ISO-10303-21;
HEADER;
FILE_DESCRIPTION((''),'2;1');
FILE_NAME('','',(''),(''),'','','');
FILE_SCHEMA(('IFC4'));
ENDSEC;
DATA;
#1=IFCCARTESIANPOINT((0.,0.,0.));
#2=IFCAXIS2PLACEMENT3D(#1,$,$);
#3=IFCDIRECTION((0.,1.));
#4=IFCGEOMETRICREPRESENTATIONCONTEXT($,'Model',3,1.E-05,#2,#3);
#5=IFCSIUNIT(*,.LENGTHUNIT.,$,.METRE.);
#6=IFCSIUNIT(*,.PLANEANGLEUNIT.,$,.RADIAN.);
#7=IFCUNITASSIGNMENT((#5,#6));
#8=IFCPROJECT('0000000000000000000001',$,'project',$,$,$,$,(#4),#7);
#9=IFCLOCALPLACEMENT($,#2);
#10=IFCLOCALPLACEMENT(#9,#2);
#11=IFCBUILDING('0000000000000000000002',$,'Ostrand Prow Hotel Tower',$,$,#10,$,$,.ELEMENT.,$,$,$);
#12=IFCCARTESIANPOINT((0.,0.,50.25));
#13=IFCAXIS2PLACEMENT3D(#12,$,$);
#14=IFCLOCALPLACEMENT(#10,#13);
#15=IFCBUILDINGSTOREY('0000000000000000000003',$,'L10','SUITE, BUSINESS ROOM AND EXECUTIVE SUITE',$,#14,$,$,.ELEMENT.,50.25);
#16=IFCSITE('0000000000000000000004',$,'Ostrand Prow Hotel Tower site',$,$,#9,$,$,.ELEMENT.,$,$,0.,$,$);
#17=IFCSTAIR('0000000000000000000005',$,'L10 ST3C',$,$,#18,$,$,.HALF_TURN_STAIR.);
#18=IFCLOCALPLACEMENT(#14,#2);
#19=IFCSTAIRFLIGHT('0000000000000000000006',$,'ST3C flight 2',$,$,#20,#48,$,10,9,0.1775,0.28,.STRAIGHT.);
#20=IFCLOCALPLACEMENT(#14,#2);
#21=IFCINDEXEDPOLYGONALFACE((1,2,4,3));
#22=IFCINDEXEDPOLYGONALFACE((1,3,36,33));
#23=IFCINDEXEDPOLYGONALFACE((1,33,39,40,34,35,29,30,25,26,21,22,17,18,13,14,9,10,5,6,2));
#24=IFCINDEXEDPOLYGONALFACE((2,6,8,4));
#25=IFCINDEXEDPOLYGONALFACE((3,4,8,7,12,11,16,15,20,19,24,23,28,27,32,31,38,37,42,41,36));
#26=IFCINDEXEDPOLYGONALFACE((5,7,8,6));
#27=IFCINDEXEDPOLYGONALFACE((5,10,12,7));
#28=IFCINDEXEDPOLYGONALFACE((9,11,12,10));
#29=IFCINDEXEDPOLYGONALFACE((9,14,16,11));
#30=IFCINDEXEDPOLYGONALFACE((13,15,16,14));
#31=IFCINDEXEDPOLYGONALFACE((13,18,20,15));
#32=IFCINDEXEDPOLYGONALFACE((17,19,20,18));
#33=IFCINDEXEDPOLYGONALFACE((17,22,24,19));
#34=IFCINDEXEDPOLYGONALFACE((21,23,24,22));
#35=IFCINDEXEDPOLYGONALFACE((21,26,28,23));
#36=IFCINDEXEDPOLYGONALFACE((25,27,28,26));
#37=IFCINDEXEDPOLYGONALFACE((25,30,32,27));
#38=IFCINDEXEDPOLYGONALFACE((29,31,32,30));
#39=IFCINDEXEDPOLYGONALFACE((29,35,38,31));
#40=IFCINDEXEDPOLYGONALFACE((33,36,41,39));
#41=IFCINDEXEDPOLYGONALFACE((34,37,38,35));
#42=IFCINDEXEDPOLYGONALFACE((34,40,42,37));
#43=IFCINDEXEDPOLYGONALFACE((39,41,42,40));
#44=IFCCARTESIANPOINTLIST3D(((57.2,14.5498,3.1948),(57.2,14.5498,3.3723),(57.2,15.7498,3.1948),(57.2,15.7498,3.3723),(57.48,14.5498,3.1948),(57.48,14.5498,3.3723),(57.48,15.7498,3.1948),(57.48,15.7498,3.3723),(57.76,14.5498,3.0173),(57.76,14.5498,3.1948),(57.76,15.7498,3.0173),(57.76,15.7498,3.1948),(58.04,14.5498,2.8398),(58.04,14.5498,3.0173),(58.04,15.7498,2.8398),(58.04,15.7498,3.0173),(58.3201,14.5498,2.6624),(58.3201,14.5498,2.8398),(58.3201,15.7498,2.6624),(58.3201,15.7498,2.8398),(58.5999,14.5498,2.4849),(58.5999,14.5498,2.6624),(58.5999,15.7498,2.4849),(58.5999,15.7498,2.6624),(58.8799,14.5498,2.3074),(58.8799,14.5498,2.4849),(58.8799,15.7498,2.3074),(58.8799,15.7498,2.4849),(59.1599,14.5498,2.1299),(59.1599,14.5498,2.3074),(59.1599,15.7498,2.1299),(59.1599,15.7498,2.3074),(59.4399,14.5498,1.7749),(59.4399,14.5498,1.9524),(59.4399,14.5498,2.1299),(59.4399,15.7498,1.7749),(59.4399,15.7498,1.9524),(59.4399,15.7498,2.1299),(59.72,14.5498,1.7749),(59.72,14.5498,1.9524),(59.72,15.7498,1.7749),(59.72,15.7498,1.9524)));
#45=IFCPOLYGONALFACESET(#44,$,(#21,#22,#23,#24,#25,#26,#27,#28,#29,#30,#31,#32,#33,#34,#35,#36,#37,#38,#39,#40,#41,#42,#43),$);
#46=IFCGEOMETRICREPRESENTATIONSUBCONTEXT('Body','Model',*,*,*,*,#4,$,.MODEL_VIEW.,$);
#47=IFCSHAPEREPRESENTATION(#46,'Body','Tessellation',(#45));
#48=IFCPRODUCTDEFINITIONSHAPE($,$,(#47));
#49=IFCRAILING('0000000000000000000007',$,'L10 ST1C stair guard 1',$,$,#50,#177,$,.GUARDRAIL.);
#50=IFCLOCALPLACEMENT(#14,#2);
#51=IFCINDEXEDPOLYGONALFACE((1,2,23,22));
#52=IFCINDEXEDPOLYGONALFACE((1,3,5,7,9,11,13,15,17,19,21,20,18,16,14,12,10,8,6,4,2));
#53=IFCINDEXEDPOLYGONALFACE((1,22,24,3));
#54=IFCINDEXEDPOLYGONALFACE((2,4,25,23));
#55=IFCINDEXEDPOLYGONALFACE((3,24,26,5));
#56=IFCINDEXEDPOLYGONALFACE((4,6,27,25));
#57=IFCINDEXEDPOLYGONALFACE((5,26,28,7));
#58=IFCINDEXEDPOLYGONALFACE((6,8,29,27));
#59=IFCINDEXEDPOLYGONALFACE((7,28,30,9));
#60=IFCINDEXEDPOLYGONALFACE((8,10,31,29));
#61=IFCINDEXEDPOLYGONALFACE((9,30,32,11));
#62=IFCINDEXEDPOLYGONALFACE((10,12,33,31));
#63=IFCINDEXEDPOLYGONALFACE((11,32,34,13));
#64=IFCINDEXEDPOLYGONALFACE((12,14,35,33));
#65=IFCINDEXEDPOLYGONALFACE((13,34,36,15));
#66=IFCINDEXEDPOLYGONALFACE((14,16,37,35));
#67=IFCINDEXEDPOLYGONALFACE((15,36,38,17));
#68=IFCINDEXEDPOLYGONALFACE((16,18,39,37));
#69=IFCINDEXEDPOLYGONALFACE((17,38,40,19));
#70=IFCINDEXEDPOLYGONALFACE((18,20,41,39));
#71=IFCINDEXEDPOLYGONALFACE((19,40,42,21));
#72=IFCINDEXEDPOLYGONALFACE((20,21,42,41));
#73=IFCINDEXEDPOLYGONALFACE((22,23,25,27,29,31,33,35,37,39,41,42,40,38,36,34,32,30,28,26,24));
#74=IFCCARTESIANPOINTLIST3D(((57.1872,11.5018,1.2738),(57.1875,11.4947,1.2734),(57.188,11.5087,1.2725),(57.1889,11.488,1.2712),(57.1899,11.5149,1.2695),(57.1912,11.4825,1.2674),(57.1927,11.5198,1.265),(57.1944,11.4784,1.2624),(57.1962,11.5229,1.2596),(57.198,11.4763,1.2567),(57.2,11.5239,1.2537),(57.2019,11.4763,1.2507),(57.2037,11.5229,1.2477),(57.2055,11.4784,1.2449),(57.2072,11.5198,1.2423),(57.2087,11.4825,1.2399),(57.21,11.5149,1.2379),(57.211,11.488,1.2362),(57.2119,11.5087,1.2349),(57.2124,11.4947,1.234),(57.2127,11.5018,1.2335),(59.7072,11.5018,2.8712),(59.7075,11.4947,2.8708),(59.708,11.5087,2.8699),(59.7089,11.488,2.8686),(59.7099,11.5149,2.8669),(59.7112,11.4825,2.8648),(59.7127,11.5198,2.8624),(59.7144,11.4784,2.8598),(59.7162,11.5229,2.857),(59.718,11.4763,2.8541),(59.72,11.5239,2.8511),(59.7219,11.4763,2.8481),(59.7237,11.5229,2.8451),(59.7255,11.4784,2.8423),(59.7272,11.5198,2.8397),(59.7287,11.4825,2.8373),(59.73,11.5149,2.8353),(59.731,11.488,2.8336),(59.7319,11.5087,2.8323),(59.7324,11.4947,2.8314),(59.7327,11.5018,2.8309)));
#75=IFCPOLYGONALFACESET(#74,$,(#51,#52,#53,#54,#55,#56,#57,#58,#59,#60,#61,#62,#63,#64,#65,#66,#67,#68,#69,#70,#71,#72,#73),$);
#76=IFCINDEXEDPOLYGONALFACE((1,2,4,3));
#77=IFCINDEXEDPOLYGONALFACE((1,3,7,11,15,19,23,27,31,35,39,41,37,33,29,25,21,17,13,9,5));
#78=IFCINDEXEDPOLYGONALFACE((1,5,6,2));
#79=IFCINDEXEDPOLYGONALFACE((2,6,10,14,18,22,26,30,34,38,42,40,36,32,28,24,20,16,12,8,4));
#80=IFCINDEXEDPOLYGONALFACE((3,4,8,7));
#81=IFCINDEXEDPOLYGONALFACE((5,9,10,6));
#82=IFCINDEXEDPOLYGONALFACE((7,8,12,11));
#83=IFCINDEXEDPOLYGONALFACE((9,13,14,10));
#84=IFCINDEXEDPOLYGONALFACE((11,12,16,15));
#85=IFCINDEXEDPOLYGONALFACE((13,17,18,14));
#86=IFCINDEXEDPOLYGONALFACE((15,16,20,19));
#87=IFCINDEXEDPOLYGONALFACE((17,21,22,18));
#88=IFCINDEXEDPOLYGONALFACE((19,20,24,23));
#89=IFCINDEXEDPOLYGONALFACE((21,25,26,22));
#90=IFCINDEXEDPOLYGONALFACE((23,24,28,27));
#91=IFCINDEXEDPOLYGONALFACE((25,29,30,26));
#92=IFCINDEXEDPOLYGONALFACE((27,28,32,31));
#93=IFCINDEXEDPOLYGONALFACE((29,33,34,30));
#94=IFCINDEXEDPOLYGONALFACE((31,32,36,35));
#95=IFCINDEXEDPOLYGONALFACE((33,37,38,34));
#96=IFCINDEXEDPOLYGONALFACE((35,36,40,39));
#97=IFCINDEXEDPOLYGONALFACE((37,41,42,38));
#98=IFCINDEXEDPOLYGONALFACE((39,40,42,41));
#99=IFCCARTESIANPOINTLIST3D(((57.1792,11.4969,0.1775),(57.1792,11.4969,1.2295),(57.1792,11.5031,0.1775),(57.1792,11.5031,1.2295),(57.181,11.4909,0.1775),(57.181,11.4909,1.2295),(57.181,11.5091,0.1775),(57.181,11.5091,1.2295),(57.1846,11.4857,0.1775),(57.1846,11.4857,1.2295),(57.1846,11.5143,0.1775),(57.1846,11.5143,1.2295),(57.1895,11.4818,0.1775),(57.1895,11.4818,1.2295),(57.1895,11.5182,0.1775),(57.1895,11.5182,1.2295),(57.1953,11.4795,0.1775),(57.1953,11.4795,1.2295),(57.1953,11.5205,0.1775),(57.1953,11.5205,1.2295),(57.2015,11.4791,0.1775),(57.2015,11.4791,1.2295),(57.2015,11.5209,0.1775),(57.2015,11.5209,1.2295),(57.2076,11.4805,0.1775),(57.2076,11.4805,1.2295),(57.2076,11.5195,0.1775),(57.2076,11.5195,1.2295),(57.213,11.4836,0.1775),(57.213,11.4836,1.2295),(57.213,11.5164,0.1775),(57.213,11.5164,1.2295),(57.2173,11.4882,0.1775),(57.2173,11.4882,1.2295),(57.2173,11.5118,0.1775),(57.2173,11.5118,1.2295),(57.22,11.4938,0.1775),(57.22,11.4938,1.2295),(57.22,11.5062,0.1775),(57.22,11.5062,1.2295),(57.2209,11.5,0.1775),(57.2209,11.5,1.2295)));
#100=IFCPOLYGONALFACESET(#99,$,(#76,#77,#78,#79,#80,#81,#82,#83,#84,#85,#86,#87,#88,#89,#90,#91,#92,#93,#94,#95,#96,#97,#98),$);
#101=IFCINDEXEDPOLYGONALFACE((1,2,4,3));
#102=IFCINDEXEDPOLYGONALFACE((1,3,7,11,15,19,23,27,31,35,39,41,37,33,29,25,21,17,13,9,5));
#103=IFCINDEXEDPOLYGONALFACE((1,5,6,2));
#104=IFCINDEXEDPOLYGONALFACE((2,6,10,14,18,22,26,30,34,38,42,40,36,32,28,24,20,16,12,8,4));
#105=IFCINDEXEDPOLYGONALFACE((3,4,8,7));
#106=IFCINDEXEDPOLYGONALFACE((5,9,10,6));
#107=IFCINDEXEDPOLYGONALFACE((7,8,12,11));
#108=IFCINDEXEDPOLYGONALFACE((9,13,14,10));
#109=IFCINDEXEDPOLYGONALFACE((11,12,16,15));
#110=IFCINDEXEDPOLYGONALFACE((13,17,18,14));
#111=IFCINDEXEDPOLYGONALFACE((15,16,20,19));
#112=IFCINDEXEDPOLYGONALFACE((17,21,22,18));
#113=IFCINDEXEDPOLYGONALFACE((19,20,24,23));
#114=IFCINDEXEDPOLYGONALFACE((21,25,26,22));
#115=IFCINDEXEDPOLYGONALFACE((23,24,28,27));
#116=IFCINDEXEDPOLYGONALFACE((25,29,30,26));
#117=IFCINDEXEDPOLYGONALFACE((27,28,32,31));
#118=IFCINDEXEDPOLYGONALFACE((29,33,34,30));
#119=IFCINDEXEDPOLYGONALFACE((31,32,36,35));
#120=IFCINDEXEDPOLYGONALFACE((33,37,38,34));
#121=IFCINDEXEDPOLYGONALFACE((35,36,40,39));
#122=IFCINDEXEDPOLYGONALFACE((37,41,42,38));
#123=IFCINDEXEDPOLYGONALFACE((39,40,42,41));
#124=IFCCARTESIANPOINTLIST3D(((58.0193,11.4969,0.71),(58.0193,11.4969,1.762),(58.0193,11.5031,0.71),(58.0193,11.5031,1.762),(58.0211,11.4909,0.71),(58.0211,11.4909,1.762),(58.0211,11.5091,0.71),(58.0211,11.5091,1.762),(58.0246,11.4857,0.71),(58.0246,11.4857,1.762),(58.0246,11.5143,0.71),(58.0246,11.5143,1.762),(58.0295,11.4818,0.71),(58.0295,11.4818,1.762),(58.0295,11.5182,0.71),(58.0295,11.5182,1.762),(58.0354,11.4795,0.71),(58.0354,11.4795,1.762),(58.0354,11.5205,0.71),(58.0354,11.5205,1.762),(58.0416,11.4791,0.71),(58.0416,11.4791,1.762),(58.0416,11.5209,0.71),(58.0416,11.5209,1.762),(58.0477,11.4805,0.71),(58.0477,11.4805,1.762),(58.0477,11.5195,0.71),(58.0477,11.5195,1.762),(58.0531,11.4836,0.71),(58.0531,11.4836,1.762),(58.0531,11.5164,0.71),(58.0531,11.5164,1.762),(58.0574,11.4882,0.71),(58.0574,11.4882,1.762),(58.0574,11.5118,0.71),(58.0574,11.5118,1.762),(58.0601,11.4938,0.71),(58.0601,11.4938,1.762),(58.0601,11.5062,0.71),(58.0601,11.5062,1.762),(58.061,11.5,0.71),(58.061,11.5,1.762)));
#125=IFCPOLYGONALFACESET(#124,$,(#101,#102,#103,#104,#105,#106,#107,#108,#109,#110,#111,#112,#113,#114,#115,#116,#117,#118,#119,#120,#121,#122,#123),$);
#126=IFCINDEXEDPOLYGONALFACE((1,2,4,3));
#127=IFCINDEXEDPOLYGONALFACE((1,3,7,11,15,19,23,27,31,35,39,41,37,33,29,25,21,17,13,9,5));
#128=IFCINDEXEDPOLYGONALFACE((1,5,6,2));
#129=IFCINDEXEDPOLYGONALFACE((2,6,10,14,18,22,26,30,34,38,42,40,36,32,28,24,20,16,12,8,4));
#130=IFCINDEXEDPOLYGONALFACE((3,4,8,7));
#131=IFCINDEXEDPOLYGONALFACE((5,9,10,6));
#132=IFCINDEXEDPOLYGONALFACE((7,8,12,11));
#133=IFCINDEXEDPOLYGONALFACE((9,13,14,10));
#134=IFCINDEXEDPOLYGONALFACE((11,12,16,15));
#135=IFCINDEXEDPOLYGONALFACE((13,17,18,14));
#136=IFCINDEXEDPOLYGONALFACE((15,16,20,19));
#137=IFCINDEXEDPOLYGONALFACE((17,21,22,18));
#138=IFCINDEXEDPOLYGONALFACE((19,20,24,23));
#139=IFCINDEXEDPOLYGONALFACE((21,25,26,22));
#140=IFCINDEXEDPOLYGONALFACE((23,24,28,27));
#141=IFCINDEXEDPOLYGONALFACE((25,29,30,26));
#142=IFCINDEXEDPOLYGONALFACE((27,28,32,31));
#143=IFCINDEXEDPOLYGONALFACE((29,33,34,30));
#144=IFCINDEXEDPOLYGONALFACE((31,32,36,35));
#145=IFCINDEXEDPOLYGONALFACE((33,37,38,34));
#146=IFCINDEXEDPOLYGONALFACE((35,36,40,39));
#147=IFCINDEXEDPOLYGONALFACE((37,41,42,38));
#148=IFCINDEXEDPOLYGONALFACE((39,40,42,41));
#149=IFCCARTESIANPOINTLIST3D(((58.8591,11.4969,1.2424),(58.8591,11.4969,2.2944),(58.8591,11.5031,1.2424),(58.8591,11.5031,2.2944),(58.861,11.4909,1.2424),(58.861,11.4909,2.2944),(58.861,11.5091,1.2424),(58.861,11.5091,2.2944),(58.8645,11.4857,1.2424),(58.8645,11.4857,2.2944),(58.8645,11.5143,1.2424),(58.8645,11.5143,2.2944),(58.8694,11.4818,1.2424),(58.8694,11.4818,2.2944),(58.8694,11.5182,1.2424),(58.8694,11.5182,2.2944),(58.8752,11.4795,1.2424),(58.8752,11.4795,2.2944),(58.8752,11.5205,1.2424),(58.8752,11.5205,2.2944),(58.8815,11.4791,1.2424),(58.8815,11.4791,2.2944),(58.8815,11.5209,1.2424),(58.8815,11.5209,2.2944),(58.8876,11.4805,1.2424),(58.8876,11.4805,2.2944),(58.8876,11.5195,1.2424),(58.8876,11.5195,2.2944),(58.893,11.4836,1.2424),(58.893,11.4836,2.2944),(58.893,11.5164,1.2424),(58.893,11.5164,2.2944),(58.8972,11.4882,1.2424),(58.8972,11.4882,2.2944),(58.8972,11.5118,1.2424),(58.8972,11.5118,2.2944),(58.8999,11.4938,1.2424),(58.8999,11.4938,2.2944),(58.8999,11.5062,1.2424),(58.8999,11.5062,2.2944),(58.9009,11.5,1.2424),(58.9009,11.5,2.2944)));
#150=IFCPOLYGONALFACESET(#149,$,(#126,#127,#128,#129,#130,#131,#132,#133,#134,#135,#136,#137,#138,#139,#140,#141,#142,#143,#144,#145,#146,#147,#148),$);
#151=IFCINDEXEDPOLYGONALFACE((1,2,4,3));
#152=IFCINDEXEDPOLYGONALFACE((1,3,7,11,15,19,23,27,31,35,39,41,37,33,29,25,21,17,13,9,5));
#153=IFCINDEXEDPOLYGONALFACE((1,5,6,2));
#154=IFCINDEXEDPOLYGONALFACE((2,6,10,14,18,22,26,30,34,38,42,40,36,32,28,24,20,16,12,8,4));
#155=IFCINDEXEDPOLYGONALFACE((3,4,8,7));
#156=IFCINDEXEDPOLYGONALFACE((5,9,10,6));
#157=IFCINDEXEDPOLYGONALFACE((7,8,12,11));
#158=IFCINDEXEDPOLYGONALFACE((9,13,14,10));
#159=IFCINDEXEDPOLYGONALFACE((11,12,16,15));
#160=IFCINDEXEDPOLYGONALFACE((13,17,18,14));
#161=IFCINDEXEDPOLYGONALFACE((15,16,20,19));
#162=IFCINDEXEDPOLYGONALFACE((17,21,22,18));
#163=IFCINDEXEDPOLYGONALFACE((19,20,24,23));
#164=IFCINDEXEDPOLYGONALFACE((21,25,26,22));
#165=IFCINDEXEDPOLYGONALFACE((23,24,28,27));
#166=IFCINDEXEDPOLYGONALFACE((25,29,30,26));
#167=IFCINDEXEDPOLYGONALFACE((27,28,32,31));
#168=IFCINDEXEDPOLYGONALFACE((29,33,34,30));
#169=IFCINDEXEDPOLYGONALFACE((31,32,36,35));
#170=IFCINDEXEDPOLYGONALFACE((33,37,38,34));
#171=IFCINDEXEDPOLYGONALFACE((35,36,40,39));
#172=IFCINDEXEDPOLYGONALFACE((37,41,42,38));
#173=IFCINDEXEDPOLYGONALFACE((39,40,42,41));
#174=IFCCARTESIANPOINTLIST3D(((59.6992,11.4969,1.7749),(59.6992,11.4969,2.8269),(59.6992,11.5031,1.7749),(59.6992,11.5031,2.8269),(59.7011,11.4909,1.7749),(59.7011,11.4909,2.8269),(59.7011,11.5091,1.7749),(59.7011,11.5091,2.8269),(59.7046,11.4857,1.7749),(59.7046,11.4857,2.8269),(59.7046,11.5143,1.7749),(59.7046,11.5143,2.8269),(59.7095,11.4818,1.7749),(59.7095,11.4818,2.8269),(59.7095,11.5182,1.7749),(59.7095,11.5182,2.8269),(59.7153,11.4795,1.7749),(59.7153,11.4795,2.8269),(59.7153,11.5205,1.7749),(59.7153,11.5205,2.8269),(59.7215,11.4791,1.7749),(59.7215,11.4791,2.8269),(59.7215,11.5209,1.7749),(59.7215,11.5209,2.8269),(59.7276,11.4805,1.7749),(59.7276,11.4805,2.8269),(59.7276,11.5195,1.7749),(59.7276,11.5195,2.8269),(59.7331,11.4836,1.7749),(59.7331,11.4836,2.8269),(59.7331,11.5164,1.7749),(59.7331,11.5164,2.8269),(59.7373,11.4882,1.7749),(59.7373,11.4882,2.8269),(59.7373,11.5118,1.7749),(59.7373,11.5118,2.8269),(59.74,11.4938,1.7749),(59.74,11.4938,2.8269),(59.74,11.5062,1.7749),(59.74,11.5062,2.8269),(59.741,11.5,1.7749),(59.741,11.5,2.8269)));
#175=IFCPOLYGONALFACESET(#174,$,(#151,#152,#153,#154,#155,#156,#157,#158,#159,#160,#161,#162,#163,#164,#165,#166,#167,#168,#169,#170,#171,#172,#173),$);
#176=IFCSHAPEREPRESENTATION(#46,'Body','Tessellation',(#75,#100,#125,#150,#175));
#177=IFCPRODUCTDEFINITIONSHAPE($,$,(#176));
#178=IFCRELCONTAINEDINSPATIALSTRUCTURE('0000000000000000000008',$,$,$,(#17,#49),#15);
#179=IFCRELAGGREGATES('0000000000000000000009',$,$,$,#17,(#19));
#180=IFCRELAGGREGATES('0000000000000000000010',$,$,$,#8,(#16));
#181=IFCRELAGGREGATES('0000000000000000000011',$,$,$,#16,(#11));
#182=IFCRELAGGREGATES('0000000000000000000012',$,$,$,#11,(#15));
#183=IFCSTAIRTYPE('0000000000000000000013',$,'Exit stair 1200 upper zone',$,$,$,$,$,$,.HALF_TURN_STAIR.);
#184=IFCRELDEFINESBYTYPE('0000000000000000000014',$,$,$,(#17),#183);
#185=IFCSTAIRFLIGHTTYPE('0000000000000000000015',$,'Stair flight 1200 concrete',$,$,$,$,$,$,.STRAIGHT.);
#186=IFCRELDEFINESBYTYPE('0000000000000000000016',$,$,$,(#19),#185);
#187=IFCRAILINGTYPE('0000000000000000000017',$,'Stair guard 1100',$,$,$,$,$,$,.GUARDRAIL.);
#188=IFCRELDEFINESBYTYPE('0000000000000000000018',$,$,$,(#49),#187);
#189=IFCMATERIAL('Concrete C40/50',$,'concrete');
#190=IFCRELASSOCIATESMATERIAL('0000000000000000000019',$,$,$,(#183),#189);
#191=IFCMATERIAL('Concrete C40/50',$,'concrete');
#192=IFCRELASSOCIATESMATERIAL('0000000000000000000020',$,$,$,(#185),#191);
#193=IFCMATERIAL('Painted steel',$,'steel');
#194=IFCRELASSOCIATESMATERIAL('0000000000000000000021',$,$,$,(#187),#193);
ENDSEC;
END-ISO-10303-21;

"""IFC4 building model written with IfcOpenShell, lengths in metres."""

from ifc_helpers import new_model, si_unit, direction, frame, origin, origin_2d, place, context, subcontext, project, spatial, polyline, circle, outline, extrude, material, type_object, element, aggregate, save


model = new_model("IFC4")

# Units and contexts
model_context = context("Model", 3, precision=1e-05, world=origin(), true_north=direction((0.0, 1.0)))
body_context = subcontext(model_context, "Body", "Model", "MODEL_VIEW")
ifc_project = project(units=[si_unit("LENGTHUNIT", "METRE"), si_unit("PLANEANGLEUNIT", "RADIAN")], contexts=[model_context])

# Site, building, storey
site_placement = place(None, origin())
site = spatial("IfcSite", under=ifc_project, at=site_placement, Name="Ostrand Prow Hotel Tower site", CompositionType="ELEMENT", RefElevation=0.0)
building_placement = place(site_placement, origin())
building = spatial("IfcBuilding", under=site, at=building_placement, Name="Ostrand Prow Hotel Tower", CompositionType="ELEMENT")
storey_placement = place(building_placement, frame((0.0, 0.0, 50.25)))
storey = spatial("IfcBuildingStorey", under=building, at=storey_placement, Name="L10", Description="SUITE, BUSINESS ROOM AND EXECUTIVE SUITE", CompositionType="ELEMENT", Elevation=50.25)

# Shared definitions
ifc_material_1 = material(Name="Concrete C40/50", Category="concrete")
stair_type = type_object("IfcStairType", Name="Exit stair 1200 upper zone", PredefinedType="HALF_TURN_STAIR", material=ifc_material_1)
ifc_material_2 = material(Name="Concrete C40/50", Category="concrete")
stair_flight_type = type_object("IfcStairFlightType", Name="Stair flight 1200 concrete", PredefinedType="STRAIGHT", material=ifc_material_2)

# Stair, stair flight
stair_1_placement = place(storey_placement, origin())
stair_1 = element("IfcStair", 1, at=stair_1_placement, inside=storey, type_object=stair_type, Name="L10 ST3C", PredefinedType="HALF_TURN_STAIR")
stair_flight_1_placement = place(storey_placement, frame((59.72, 15.1499, 1.7749), z_axis=(0.0, 0.0, 1.0), x_axis=(-1.0, 0.0, 0.0)))
stair_flight_1 = element("IfcStairFlight", 2, at=stair_flight_1_placement, type_object=stair_flight_type, Name="ST3C flight 2", NumberOfRisers=10, NumberOfTreads=9, PredefinedType="STRAIGHT", RiserHeight=0.1775, TreadLength=0.28, context=body_context, shape_type="SweptSolid", body=[
    extrude(outline(polyline([(0.0, 0.0), (0.0, 0.1775), (0.28, 0.1775), (0.28, 0.355), (0.5601, 0.355), (0.5601, 0.5325), (0.8401, 0.5325), (0.8401, 0.71), (1.1201, 0.71), (1.1201, 0.8875), (1.3999, 0.8875), (1.3999, 1.0649), (1.6799, 1.0649), (1.6799, 1.2424), (1.96, 1.2424), (1.96, 1.4199), (2.24, 1.4199), (2.24, 1.5974), (2.52, 1.5974), (2.52, 1.7749), (2.52, 1.4199), (0.28, 0.0), (0.0, 0.0)])), frame((0.0, 0.6001, 0.0), z_axis=(0.0, -1.0, 0.0), x_axis=(1.0, 0.0, 0.0)), (0.0, 0.0, 1.0), 1.2),
])
aggregate(stair_1, [stair_flight_1])

# Railing
ifc_material_3 = material(Name="Painted steel", Category="steel")
railing_type_1 = type_object("IfcRailingType", Name="Stair guard 1100", PredefinedType="GUARDRAIL", material=ifc_material_3)
railing_1_placement = place(storey_placement, frame((57.2, 11.5, 0.1775)))
element("IfcRailing", 3, at=railing_1_placement, inside=storey, type_object=railing_type_1, Name="L10 ST1C stair guard 1", PredefinedType="GUARDRAIL", context=body_context, shape_type="SweptSolid", body=[
    extrude(circle(Radius=0.0239, at=origin_2d()), frame((0.0, 0.0, 1.0762), z_axis=(0.844607, 0.0, 0.535387), x_axis=(0.0, 1.0, 0.0)), (0.0, 0.0, 1.0), 2.9836),
    extrude(circle(Radius=0.021, at=origin_2d()), origin(), (0.0, 0.0, 1.0), 1.052),
    extrude(circle(Radius=0.021, at=origin_2d()), frame((0.8401, 0.0, 0.5325)), (0.0, 0.0, 1.0), 1.052),
    extrude(circle(Radius=0.021, at=origin_2d()), frame((1.6799, 0.0, 1.0649)), (0.0, 0.0, 1.0), 1.052),
    extrude(circle(Radius=0.021, at=origin_2d()), frame((2.52, 0.0, 1.5974)), (0.0, 0.0, 1.0), 1.052),
])

save(model, "model.ifc")
